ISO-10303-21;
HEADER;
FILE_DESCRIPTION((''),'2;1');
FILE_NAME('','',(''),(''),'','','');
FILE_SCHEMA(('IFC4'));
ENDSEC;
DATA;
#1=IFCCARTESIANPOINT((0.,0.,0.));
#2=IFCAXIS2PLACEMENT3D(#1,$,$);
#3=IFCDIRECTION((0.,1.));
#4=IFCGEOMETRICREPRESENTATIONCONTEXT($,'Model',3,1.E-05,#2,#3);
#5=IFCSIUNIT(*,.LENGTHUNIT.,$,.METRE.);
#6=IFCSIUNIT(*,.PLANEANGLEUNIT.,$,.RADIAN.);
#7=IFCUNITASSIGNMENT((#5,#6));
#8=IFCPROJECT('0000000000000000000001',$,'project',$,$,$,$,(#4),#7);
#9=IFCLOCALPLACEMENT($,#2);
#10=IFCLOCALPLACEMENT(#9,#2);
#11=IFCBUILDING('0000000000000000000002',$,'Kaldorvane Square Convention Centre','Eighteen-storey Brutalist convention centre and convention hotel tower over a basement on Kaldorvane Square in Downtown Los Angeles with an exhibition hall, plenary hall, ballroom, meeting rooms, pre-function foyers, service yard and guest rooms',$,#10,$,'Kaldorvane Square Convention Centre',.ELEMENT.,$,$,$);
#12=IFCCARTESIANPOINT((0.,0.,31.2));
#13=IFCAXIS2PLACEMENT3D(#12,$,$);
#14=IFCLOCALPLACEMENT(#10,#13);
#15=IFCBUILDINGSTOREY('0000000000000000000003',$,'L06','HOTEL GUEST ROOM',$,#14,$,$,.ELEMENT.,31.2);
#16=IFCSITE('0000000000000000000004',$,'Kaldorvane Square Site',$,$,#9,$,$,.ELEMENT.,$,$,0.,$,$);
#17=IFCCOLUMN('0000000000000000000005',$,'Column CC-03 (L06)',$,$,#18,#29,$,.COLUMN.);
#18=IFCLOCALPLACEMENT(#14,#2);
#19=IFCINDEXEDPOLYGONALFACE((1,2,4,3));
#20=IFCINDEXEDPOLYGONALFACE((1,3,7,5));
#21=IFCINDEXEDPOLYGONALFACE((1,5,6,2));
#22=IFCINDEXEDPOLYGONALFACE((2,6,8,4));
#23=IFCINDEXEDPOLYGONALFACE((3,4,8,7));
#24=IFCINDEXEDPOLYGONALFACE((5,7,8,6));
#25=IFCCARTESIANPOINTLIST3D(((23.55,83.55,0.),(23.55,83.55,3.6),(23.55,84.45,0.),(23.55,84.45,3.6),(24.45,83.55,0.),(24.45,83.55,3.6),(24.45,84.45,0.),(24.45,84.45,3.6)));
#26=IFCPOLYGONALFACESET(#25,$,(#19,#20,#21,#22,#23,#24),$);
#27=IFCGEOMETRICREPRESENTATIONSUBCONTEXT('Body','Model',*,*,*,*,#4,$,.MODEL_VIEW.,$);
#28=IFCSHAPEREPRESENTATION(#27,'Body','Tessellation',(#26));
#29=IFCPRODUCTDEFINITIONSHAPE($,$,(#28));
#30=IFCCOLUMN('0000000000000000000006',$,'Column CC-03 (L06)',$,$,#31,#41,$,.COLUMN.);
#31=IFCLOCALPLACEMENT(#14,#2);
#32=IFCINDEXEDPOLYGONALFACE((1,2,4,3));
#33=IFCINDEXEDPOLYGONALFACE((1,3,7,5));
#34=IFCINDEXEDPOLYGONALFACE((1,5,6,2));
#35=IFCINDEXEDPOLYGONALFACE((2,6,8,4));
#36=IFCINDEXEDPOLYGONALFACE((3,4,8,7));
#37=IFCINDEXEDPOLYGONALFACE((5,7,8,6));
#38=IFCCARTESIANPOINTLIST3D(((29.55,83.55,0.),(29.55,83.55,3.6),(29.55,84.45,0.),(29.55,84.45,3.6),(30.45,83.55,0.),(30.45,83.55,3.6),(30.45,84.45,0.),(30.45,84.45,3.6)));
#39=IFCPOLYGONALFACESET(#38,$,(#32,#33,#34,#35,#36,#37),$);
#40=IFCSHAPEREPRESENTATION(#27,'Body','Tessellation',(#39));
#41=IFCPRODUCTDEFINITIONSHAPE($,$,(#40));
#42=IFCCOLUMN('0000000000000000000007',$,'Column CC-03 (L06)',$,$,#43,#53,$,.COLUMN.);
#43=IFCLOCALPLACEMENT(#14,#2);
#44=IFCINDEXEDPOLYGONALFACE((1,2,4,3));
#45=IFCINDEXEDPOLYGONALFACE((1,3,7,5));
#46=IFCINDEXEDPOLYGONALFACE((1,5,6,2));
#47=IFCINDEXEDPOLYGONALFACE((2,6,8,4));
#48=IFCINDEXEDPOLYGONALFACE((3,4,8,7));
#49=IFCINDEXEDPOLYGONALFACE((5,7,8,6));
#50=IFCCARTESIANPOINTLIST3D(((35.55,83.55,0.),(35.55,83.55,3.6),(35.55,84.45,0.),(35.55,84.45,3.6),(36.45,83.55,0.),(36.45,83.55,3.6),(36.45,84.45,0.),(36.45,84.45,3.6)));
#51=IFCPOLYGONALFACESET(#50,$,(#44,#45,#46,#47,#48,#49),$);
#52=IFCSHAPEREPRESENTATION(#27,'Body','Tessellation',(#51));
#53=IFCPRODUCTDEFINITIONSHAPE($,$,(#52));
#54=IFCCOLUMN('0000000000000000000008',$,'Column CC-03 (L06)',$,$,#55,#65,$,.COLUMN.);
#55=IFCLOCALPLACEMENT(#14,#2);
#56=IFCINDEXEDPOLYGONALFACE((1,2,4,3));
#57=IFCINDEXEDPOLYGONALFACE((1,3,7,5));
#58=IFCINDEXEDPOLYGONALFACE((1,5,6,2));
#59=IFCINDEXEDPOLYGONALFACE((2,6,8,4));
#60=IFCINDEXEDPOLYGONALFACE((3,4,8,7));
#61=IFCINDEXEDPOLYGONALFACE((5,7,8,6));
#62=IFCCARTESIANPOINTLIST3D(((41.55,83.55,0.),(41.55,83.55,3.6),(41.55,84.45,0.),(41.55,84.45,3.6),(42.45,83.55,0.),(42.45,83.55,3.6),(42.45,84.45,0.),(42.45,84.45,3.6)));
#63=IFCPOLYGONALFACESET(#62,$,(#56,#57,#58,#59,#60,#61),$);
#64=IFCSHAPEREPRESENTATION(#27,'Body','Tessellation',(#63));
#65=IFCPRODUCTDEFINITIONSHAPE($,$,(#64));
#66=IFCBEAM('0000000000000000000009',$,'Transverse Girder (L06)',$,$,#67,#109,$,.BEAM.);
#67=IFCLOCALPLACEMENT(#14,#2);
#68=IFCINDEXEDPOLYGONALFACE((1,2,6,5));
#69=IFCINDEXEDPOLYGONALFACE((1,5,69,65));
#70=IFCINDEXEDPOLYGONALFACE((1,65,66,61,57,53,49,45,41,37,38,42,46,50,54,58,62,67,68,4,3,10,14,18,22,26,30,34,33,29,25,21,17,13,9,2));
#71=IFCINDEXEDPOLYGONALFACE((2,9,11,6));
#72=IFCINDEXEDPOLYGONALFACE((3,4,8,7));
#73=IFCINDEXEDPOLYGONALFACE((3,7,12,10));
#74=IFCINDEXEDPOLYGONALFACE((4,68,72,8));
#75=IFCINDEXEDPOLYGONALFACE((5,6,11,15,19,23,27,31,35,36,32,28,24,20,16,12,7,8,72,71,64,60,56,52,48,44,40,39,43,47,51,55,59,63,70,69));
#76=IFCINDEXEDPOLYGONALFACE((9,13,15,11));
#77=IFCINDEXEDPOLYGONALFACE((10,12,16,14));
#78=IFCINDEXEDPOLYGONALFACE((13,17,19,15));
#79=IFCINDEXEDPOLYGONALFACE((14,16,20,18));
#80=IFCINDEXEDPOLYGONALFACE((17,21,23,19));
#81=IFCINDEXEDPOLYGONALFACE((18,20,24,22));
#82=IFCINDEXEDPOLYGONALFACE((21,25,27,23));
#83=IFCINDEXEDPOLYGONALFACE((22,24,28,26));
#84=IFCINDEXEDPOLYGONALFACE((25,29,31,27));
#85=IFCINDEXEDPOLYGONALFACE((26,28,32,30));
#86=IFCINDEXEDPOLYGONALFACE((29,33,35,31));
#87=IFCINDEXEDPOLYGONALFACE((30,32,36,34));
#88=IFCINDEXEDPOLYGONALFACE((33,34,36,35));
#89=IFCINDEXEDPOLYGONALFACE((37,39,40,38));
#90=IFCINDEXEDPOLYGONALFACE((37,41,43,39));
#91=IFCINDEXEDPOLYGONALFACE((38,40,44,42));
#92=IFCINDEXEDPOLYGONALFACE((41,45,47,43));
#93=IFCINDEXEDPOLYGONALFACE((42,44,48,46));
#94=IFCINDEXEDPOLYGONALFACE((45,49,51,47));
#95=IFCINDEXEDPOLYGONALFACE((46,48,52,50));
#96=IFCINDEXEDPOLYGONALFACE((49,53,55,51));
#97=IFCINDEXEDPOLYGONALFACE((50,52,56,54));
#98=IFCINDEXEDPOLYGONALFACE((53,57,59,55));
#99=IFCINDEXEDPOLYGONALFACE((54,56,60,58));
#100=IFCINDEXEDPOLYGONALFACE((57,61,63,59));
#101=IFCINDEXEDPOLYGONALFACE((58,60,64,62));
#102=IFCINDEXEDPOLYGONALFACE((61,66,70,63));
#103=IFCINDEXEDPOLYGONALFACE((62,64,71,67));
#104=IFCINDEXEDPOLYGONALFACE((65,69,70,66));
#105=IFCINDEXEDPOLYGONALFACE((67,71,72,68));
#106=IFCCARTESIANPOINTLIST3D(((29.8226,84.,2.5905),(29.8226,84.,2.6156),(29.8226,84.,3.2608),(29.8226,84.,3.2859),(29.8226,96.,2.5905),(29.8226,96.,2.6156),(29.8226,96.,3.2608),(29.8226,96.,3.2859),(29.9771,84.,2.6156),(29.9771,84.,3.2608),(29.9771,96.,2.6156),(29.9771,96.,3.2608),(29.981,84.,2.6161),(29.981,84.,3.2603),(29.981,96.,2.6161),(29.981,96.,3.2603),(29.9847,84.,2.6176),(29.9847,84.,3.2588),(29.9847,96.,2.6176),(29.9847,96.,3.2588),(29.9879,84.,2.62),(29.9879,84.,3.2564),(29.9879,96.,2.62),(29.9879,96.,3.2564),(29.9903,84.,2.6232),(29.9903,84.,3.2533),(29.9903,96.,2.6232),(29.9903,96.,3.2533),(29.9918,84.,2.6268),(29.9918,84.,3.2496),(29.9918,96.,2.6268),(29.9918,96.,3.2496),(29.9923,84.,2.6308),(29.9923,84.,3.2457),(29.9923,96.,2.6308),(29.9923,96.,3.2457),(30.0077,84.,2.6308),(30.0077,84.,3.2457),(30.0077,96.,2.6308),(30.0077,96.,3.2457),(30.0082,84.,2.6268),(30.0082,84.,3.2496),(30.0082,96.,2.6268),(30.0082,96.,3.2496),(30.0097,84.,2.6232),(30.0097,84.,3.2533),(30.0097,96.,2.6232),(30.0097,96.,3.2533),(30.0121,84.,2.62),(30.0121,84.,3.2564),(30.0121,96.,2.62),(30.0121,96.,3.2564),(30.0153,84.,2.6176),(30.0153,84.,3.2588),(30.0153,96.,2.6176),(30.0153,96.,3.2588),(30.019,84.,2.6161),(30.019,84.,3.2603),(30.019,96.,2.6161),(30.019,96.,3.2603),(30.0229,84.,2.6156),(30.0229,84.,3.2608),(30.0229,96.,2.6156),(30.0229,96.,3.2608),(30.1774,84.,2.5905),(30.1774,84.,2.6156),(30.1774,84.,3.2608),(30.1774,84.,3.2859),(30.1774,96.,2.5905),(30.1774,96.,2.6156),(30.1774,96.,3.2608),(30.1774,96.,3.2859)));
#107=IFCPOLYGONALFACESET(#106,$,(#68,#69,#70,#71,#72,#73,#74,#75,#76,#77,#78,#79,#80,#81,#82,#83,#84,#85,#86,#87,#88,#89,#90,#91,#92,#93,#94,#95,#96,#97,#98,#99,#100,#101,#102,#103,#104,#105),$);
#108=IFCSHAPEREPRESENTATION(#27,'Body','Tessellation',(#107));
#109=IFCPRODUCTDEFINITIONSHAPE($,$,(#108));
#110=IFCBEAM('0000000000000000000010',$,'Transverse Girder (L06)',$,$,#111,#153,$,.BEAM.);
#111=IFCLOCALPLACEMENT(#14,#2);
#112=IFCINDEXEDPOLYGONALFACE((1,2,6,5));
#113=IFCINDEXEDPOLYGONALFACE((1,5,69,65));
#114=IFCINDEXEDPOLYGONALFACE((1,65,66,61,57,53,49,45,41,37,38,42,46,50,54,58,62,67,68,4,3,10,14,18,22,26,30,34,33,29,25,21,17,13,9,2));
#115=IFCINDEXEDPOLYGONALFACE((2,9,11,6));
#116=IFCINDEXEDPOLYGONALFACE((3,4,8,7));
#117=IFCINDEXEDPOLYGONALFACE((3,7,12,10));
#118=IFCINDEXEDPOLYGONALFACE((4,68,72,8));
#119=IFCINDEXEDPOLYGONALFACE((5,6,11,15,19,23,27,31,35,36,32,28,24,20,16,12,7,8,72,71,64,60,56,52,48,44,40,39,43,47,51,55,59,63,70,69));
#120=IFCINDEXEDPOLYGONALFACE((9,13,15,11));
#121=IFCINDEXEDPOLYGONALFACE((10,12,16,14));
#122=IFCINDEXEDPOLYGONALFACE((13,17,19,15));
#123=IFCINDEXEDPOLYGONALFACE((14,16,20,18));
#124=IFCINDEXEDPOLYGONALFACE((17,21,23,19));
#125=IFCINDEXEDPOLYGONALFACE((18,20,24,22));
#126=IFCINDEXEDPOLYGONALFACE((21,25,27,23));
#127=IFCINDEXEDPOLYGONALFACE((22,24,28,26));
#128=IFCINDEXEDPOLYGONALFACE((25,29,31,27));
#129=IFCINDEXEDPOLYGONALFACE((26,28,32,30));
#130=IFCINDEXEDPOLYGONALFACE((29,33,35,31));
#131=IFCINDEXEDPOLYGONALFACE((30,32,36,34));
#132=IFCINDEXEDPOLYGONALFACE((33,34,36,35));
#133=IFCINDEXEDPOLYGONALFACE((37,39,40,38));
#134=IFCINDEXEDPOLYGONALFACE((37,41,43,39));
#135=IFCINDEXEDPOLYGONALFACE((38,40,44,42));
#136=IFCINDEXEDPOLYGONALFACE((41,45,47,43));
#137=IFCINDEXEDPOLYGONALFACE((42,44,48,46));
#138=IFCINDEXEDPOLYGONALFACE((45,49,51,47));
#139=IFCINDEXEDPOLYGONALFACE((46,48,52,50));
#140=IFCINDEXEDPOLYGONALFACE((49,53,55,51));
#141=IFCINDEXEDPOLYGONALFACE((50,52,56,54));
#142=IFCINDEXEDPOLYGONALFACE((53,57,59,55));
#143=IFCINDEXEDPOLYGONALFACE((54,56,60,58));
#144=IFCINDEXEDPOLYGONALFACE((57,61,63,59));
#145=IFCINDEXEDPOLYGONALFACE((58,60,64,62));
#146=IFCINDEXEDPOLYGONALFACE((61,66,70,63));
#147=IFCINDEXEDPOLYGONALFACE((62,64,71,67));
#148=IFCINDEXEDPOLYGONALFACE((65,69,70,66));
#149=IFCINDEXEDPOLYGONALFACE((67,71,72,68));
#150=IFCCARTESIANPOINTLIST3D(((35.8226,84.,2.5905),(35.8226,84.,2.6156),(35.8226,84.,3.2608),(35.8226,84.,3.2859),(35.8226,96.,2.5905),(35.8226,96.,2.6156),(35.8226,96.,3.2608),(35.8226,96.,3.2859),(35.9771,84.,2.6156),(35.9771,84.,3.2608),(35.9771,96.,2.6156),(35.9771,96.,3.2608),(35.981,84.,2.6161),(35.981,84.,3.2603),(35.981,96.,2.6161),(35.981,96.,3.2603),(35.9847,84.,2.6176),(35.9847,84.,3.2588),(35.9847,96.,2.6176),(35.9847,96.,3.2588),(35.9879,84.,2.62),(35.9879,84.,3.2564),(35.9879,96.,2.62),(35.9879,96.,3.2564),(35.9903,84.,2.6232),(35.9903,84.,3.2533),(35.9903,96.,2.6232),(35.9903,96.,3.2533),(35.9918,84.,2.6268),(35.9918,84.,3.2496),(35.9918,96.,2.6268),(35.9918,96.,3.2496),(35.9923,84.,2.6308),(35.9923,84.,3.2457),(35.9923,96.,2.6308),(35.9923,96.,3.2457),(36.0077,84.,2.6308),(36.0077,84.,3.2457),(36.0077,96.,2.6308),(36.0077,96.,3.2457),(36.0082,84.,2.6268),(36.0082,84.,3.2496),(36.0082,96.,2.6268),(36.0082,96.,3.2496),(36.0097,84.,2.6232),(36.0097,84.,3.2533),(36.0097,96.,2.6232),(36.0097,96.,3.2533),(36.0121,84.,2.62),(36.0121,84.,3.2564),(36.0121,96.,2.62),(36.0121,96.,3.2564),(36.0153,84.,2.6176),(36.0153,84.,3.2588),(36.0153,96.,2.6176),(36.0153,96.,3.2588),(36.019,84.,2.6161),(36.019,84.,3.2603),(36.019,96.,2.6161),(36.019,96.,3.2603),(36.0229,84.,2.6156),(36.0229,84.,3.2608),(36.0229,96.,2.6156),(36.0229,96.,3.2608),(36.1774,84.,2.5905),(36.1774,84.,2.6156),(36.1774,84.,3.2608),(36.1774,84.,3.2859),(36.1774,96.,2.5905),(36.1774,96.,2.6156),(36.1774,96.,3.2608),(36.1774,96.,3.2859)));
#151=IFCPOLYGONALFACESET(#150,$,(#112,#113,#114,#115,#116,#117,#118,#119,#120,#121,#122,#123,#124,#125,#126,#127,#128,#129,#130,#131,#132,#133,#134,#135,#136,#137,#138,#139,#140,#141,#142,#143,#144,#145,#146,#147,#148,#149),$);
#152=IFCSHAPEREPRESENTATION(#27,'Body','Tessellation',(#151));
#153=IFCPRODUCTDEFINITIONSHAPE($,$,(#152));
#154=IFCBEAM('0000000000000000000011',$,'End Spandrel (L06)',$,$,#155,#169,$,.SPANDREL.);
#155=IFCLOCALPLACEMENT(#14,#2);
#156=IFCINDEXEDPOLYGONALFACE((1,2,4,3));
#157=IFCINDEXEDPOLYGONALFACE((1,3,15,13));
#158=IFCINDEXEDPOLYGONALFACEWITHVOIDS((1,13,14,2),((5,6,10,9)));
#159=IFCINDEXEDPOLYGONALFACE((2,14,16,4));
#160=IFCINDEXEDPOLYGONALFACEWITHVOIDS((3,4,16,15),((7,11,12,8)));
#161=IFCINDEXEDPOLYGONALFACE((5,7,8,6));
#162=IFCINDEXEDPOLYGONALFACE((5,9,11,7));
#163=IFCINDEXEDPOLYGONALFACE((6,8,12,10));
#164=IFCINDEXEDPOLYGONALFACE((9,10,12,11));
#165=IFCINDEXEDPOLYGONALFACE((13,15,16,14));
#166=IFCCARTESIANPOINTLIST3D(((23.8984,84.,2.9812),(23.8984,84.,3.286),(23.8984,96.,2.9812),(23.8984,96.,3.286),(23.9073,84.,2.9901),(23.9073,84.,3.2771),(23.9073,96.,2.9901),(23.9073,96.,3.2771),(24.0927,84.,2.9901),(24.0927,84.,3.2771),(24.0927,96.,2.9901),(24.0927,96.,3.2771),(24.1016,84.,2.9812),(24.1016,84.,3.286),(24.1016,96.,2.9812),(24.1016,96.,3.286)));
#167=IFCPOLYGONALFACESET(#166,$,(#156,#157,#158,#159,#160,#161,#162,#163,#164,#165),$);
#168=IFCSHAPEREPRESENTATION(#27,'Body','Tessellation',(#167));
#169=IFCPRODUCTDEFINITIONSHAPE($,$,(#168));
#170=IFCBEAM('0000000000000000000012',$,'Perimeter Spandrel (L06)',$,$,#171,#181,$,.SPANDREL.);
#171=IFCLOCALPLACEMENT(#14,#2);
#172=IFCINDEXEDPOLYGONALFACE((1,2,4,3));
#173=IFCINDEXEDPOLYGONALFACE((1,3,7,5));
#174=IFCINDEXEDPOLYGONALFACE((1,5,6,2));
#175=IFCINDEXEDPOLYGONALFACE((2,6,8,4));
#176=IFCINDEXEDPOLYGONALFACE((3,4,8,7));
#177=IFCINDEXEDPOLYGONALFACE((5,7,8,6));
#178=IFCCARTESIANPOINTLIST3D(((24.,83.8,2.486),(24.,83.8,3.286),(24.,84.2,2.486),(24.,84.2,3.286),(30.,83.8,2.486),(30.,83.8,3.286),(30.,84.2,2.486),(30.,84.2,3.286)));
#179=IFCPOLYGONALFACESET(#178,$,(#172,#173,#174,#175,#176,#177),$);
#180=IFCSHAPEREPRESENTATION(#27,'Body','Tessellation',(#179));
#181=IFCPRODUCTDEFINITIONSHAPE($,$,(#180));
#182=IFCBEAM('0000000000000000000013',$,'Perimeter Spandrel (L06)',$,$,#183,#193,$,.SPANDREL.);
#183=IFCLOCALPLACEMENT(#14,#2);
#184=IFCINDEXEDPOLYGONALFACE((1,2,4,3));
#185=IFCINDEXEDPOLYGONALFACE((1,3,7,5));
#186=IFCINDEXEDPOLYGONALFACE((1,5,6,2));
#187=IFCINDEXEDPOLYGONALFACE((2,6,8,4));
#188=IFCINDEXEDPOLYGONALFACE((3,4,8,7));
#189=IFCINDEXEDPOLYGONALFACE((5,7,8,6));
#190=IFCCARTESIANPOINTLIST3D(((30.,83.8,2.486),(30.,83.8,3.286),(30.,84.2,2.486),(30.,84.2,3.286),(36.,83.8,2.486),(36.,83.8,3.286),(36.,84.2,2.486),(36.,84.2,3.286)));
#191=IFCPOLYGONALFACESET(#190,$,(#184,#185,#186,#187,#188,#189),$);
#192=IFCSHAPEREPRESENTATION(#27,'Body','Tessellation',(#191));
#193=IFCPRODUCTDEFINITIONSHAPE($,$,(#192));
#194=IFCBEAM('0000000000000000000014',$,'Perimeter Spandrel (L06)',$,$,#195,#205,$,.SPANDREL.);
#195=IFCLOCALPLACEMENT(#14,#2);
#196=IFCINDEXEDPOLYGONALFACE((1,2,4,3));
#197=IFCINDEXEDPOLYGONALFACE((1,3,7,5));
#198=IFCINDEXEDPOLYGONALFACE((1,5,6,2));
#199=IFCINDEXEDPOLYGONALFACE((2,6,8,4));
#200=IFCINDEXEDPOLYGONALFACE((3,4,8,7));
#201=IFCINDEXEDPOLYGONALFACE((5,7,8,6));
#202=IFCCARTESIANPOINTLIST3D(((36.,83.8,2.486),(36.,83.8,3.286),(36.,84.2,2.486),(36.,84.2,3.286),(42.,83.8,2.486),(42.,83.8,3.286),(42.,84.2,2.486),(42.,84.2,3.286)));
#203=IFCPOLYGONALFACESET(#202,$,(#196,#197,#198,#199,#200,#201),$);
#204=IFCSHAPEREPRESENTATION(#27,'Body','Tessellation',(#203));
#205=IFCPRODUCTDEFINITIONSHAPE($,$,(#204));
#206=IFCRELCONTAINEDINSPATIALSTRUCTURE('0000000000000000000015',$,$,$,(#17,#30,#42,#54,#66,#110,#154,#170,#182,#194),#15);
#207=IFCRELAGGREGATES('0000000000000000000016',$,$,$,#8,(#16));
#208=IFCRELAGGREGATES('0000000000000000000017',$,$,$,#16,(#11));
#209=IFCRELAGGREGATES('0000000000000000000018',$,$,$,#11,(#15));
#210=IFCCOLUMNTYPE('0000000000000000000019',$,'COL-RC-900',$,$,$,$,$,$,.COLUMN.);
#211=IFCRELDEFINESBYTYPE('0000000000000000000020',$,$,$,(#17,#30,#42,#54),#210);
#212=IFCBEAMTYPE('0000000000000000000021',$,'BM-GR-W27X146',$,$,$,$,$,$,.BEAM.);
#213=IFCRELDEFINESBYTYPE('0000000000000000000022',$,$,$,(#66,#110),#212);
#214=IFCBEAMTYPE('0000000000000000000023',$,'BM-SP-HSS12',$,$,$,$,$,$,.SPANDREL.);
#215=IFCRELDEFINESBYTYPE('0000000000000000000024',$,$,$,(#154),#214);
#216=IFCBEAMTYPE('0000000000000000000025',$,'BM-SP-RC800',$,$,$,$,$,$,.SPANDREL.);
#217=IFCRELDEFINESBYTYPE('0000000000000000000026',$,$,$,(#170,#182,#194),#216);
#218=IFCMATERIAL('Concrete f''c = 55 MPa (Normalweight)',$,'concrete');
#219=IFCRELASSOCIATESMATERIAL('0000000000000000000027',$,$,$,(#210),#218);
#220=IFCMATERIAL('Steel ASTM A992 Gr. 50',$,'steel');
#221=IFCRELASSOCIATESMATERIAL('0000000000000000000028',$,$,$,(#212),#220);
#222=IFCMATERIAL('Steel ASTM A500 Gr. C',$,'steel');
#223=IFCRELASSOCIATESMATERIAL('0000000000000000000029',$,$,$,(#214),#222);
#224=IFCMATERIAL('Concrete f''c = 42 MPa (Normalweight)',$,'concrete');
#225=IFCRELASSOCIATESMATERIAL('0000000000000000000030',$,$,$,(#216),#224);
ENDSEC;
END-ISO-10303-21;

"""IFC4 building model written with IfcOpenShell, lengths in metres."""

from ifc_helpers import new_model, si_unit, direction, frame, origin, origin_2d, place, context, subcontext, project, spatial, rectangle, hollow_rectangle, i_section, extrude, material, material_profile, profile_set, type_object, element, save


model = new_model("IFC4")

# Units and contexts
model_context = context("Model", 3, precision=1e-05, world=origin(), true_north=direction((0.0, 1.0)))
body_context = subcontext(model_context, "Body", "Model", "MODEL_VIEW")
ifc_project = project(units=[si_unit("LENGTHUNIT", "METRE"), si_unit("PLANEANGLEUNIT", "RADIAN")], contexts=[model_context])

# Site, building, storey
site_placement = place(None, origin())
site = spatial("IfcSite", under=ifc_project, at=site_placement, Name="Kaldorvane Square Site", CompositionType="ELEMENT", RefElevation=0.0)
building_placement = place(site_placement, origin())
building = spatial("IfcBuilding", under=site, at=building_placement, Name="Kaldorvane Square Convention Centre", Description="Eighteen-storey Brutalist convention centre and convention hotel tower over a basement on Kaldorvane Square in Downtown Los Angeles with an exhibition hall, plenary hall, ballroom, meeting rooms, pre-function foyers, service yard and guest rooms", LongName="Kaldorvane Square Convention Centre", CompositionType="ELEMENT")
storey_placement = place(building_placement, frame((0.0, 0.0, 31.2)))
storey = spatial("IfcBuildingStorey", under=building, at=storey_placement, Name="L06", Description="HOTEL GUEST ROOM", CompositionType="ELEMENT", Elevation=31.2)

# Columns
ifc_material_1 = material(Name="Concrete f'c = 55 MPa (Normalweight)", Category="concrete")
ifc_material_profile_1 = material_profile(ifc_material_1, rectangle(XDim=0.9, YDim=0.9, at=origin_2d()), Name="RC900X900")
ifc_profile_set_1 = profile_set([ifc_material_profile_1], Name="Concrete f'c = 55 MPa (Normalweight)")
column_type = type_object("IfcColumnType", Name="COL-RC-900", PredefinedType="COLUMN", material=ifc_profile_set_1)
for number, where, z_axis, x_axis, name in (
    (1, (24.0, 84.0, 0.0), (0.0, 0.0, 1.0), (1.0, 0.0, 0.0), "Column CC-03 (L06)"),
    (2, (30.0, 84.0, 0.0), (0.0, 0.0, 1.0), (1.0, 0.0, 0.0), "Column CC-03 (L06)"),
    (3, (36.0, 84.0, 0.0), (0.0, 0.0, 1.0), (1.0, 0.0, 0.0), "Column CC-03 (L06)"),
    (4, (42.0, 84.0, 0.0), (0.0, 0.0, 1.0), (1.0, 0.0, 0.0), "Column CC-03 (L06)"),
):
    element("IfcColumn", number, at=place(storey_placement, frame(where, z_axis=z_axis, x_axis=x_axis)), inside=storey, type_object=column_type, Name=name, PredefinedType="COLUMN", context=body_context, shape_type="SweptSolid", body=[
        extrude(rectangle(XDim=0.9, YDim=0.9, at=origin_2d()), origin(), (0.0, 0.0, 1.0), 3.6),
    ])

# Beams
ifc_material_2 = material(Name="Steel ASTM A992 Gr. 50", Category="steel")
ifc_material_profile_2 = material_profile(ifc_material_2, i_section(OverallWidth=0.3547, OverallDepth=0.6955, WebThickness=0.0154, FlangeThickness=0.0251, FilletRadius=0.0152, at=origin_2d()), Name="W27X146")
ifc_profile_set_2 = profile_set([ifc_material_profile_2], Name="Steel ASTM A992 Gr. 50")
beam_type_1 = type_object("IfcBeamType", Name="BM-GR-W27X146", PredefinedType="BEAM", material=ifc_profile_set_2)
for number, where, z_axis, x_axis, name in (
    (5, (30.0, 84.0, 2.9382), (0.0, 1.0, 0.0), (-1.0, 0.0, 0.0), "Transverse Girder (L06)"),
    (6, (36.0, 84.0, 2.9382), (0.0, 1.0, 0.0), (-1.0, 0.0, 0.0), "Transverse Girder (L06)"),
):
    element("IfcBeam", number, at=place(storey_placement, frame(where, z_axis=z_axis, x_axis=x_axis)), inside=storey, type_object=beam_type_1, Name=name, PredefinedType="BEAM", context=body_context, shape_type="SweptSolid", body=[
        extrude(i_section(OverallWidth=0.3547, OverallDepth=0.6955, WebThickness=0.0154, FlangeThickness=0.0251, FilletRadius=0.0152, at=origin_2d()), origin(), (0.0, 0.0, 1.0), 12.0),
    ])
ifc_material_3 = material(Name="Steel ASTM A500 Gr. C", Category="steel")
ifc_material_profile_3 = material_profile(ifc_material_3, hollow_rectangle(XDim=0.2032, YDim=0.3048, WallThickness=0.0089, at=origin_2d()), Name="HSS12X8X3/8")
ifc_profile_set_3 = profile_set([ifc_material_profile_3], Name="Steel ASTM A500 Gr. C")
beam_type_2 = type_object("IfcBeamType", Name="BM-SP-HSS12", PredefinedType="SPANDREL", material=ifc_profile_set_3)
beam_placement = place(storey_placement, frame((24.0, 84.0, 3.1336), z_axis=(0.0, 1.0, 0.0), x_axis=(-1.0, 0.0, 0.0)))
element("IfcBeam", 7, at=beam_placement, inside=storey, type_object=beam_type_2, Name="End Spandrel (L06)", PredefinedType="SPANDREL", context=body_context, shape_type="SweptSolid", body=[
    extrude(hollow_rectangle(XDim=0.2032, YDim=0.3048, WallThickness=0.0089, at=origin_2d()), origin(), (0.0, 0.0, 1.0), 12.0),
])
ifc_material_4 = material(Name="Concrete f'c = 42 MPa (Normalweight)", Category="concrete")
ifc_material_profile_4 = material_profile(ifc_material_4, rectangle(XDim=0.4, YDim=0.8, at=origin_2d()), Name="RCSP800X400")
ifc_profile_set_4 = profile_set([ifc_material_profile_4], Name="Concrete f'c = 42 MPa (Normalweight)")
beam_type_3 = type_object("IfcBeamType", Name="BM-SP-RC800", PredefinedType="SPANDREL", material=ifc_profile_set_4)
for number, where, z_axis, x_axis, name in (
    (8, (24.0, 84.0, 2.886), (1.0, 0.0, 0.0), (0.0, 1.0, 0.0), "Perimeter Spandrel (L06)"),
    (9, (30.0, 84.0, 2.886), (1.0, 0.0, 0.0), (0.0, 1.0, 0.0), "Perimeter Spandrel (L06)"),
    (10, (36.0, 84.0, 2.886), (1.0, 0.0, 0.0), (0.0, 1.0, 0.0), "Perimeter Spandrel (L06)"),
):
    element("IfcBeam", number, at=place(storey_placement, frame(where, z_axis=z_axis, x_axis=x_axis)), inside=storey, type_object=beam_type_3, Name=name, PredefinedType="SPANDREL", context=body_context, shape_type="SweptSolid", body=[
        extrude(rectangle(XDim=0.4, YDim=0.8, at=origin_2d()), origin(), (0.0, 0.0, 1.0), 6.0),
    ])

save(model, "model.ifc")
